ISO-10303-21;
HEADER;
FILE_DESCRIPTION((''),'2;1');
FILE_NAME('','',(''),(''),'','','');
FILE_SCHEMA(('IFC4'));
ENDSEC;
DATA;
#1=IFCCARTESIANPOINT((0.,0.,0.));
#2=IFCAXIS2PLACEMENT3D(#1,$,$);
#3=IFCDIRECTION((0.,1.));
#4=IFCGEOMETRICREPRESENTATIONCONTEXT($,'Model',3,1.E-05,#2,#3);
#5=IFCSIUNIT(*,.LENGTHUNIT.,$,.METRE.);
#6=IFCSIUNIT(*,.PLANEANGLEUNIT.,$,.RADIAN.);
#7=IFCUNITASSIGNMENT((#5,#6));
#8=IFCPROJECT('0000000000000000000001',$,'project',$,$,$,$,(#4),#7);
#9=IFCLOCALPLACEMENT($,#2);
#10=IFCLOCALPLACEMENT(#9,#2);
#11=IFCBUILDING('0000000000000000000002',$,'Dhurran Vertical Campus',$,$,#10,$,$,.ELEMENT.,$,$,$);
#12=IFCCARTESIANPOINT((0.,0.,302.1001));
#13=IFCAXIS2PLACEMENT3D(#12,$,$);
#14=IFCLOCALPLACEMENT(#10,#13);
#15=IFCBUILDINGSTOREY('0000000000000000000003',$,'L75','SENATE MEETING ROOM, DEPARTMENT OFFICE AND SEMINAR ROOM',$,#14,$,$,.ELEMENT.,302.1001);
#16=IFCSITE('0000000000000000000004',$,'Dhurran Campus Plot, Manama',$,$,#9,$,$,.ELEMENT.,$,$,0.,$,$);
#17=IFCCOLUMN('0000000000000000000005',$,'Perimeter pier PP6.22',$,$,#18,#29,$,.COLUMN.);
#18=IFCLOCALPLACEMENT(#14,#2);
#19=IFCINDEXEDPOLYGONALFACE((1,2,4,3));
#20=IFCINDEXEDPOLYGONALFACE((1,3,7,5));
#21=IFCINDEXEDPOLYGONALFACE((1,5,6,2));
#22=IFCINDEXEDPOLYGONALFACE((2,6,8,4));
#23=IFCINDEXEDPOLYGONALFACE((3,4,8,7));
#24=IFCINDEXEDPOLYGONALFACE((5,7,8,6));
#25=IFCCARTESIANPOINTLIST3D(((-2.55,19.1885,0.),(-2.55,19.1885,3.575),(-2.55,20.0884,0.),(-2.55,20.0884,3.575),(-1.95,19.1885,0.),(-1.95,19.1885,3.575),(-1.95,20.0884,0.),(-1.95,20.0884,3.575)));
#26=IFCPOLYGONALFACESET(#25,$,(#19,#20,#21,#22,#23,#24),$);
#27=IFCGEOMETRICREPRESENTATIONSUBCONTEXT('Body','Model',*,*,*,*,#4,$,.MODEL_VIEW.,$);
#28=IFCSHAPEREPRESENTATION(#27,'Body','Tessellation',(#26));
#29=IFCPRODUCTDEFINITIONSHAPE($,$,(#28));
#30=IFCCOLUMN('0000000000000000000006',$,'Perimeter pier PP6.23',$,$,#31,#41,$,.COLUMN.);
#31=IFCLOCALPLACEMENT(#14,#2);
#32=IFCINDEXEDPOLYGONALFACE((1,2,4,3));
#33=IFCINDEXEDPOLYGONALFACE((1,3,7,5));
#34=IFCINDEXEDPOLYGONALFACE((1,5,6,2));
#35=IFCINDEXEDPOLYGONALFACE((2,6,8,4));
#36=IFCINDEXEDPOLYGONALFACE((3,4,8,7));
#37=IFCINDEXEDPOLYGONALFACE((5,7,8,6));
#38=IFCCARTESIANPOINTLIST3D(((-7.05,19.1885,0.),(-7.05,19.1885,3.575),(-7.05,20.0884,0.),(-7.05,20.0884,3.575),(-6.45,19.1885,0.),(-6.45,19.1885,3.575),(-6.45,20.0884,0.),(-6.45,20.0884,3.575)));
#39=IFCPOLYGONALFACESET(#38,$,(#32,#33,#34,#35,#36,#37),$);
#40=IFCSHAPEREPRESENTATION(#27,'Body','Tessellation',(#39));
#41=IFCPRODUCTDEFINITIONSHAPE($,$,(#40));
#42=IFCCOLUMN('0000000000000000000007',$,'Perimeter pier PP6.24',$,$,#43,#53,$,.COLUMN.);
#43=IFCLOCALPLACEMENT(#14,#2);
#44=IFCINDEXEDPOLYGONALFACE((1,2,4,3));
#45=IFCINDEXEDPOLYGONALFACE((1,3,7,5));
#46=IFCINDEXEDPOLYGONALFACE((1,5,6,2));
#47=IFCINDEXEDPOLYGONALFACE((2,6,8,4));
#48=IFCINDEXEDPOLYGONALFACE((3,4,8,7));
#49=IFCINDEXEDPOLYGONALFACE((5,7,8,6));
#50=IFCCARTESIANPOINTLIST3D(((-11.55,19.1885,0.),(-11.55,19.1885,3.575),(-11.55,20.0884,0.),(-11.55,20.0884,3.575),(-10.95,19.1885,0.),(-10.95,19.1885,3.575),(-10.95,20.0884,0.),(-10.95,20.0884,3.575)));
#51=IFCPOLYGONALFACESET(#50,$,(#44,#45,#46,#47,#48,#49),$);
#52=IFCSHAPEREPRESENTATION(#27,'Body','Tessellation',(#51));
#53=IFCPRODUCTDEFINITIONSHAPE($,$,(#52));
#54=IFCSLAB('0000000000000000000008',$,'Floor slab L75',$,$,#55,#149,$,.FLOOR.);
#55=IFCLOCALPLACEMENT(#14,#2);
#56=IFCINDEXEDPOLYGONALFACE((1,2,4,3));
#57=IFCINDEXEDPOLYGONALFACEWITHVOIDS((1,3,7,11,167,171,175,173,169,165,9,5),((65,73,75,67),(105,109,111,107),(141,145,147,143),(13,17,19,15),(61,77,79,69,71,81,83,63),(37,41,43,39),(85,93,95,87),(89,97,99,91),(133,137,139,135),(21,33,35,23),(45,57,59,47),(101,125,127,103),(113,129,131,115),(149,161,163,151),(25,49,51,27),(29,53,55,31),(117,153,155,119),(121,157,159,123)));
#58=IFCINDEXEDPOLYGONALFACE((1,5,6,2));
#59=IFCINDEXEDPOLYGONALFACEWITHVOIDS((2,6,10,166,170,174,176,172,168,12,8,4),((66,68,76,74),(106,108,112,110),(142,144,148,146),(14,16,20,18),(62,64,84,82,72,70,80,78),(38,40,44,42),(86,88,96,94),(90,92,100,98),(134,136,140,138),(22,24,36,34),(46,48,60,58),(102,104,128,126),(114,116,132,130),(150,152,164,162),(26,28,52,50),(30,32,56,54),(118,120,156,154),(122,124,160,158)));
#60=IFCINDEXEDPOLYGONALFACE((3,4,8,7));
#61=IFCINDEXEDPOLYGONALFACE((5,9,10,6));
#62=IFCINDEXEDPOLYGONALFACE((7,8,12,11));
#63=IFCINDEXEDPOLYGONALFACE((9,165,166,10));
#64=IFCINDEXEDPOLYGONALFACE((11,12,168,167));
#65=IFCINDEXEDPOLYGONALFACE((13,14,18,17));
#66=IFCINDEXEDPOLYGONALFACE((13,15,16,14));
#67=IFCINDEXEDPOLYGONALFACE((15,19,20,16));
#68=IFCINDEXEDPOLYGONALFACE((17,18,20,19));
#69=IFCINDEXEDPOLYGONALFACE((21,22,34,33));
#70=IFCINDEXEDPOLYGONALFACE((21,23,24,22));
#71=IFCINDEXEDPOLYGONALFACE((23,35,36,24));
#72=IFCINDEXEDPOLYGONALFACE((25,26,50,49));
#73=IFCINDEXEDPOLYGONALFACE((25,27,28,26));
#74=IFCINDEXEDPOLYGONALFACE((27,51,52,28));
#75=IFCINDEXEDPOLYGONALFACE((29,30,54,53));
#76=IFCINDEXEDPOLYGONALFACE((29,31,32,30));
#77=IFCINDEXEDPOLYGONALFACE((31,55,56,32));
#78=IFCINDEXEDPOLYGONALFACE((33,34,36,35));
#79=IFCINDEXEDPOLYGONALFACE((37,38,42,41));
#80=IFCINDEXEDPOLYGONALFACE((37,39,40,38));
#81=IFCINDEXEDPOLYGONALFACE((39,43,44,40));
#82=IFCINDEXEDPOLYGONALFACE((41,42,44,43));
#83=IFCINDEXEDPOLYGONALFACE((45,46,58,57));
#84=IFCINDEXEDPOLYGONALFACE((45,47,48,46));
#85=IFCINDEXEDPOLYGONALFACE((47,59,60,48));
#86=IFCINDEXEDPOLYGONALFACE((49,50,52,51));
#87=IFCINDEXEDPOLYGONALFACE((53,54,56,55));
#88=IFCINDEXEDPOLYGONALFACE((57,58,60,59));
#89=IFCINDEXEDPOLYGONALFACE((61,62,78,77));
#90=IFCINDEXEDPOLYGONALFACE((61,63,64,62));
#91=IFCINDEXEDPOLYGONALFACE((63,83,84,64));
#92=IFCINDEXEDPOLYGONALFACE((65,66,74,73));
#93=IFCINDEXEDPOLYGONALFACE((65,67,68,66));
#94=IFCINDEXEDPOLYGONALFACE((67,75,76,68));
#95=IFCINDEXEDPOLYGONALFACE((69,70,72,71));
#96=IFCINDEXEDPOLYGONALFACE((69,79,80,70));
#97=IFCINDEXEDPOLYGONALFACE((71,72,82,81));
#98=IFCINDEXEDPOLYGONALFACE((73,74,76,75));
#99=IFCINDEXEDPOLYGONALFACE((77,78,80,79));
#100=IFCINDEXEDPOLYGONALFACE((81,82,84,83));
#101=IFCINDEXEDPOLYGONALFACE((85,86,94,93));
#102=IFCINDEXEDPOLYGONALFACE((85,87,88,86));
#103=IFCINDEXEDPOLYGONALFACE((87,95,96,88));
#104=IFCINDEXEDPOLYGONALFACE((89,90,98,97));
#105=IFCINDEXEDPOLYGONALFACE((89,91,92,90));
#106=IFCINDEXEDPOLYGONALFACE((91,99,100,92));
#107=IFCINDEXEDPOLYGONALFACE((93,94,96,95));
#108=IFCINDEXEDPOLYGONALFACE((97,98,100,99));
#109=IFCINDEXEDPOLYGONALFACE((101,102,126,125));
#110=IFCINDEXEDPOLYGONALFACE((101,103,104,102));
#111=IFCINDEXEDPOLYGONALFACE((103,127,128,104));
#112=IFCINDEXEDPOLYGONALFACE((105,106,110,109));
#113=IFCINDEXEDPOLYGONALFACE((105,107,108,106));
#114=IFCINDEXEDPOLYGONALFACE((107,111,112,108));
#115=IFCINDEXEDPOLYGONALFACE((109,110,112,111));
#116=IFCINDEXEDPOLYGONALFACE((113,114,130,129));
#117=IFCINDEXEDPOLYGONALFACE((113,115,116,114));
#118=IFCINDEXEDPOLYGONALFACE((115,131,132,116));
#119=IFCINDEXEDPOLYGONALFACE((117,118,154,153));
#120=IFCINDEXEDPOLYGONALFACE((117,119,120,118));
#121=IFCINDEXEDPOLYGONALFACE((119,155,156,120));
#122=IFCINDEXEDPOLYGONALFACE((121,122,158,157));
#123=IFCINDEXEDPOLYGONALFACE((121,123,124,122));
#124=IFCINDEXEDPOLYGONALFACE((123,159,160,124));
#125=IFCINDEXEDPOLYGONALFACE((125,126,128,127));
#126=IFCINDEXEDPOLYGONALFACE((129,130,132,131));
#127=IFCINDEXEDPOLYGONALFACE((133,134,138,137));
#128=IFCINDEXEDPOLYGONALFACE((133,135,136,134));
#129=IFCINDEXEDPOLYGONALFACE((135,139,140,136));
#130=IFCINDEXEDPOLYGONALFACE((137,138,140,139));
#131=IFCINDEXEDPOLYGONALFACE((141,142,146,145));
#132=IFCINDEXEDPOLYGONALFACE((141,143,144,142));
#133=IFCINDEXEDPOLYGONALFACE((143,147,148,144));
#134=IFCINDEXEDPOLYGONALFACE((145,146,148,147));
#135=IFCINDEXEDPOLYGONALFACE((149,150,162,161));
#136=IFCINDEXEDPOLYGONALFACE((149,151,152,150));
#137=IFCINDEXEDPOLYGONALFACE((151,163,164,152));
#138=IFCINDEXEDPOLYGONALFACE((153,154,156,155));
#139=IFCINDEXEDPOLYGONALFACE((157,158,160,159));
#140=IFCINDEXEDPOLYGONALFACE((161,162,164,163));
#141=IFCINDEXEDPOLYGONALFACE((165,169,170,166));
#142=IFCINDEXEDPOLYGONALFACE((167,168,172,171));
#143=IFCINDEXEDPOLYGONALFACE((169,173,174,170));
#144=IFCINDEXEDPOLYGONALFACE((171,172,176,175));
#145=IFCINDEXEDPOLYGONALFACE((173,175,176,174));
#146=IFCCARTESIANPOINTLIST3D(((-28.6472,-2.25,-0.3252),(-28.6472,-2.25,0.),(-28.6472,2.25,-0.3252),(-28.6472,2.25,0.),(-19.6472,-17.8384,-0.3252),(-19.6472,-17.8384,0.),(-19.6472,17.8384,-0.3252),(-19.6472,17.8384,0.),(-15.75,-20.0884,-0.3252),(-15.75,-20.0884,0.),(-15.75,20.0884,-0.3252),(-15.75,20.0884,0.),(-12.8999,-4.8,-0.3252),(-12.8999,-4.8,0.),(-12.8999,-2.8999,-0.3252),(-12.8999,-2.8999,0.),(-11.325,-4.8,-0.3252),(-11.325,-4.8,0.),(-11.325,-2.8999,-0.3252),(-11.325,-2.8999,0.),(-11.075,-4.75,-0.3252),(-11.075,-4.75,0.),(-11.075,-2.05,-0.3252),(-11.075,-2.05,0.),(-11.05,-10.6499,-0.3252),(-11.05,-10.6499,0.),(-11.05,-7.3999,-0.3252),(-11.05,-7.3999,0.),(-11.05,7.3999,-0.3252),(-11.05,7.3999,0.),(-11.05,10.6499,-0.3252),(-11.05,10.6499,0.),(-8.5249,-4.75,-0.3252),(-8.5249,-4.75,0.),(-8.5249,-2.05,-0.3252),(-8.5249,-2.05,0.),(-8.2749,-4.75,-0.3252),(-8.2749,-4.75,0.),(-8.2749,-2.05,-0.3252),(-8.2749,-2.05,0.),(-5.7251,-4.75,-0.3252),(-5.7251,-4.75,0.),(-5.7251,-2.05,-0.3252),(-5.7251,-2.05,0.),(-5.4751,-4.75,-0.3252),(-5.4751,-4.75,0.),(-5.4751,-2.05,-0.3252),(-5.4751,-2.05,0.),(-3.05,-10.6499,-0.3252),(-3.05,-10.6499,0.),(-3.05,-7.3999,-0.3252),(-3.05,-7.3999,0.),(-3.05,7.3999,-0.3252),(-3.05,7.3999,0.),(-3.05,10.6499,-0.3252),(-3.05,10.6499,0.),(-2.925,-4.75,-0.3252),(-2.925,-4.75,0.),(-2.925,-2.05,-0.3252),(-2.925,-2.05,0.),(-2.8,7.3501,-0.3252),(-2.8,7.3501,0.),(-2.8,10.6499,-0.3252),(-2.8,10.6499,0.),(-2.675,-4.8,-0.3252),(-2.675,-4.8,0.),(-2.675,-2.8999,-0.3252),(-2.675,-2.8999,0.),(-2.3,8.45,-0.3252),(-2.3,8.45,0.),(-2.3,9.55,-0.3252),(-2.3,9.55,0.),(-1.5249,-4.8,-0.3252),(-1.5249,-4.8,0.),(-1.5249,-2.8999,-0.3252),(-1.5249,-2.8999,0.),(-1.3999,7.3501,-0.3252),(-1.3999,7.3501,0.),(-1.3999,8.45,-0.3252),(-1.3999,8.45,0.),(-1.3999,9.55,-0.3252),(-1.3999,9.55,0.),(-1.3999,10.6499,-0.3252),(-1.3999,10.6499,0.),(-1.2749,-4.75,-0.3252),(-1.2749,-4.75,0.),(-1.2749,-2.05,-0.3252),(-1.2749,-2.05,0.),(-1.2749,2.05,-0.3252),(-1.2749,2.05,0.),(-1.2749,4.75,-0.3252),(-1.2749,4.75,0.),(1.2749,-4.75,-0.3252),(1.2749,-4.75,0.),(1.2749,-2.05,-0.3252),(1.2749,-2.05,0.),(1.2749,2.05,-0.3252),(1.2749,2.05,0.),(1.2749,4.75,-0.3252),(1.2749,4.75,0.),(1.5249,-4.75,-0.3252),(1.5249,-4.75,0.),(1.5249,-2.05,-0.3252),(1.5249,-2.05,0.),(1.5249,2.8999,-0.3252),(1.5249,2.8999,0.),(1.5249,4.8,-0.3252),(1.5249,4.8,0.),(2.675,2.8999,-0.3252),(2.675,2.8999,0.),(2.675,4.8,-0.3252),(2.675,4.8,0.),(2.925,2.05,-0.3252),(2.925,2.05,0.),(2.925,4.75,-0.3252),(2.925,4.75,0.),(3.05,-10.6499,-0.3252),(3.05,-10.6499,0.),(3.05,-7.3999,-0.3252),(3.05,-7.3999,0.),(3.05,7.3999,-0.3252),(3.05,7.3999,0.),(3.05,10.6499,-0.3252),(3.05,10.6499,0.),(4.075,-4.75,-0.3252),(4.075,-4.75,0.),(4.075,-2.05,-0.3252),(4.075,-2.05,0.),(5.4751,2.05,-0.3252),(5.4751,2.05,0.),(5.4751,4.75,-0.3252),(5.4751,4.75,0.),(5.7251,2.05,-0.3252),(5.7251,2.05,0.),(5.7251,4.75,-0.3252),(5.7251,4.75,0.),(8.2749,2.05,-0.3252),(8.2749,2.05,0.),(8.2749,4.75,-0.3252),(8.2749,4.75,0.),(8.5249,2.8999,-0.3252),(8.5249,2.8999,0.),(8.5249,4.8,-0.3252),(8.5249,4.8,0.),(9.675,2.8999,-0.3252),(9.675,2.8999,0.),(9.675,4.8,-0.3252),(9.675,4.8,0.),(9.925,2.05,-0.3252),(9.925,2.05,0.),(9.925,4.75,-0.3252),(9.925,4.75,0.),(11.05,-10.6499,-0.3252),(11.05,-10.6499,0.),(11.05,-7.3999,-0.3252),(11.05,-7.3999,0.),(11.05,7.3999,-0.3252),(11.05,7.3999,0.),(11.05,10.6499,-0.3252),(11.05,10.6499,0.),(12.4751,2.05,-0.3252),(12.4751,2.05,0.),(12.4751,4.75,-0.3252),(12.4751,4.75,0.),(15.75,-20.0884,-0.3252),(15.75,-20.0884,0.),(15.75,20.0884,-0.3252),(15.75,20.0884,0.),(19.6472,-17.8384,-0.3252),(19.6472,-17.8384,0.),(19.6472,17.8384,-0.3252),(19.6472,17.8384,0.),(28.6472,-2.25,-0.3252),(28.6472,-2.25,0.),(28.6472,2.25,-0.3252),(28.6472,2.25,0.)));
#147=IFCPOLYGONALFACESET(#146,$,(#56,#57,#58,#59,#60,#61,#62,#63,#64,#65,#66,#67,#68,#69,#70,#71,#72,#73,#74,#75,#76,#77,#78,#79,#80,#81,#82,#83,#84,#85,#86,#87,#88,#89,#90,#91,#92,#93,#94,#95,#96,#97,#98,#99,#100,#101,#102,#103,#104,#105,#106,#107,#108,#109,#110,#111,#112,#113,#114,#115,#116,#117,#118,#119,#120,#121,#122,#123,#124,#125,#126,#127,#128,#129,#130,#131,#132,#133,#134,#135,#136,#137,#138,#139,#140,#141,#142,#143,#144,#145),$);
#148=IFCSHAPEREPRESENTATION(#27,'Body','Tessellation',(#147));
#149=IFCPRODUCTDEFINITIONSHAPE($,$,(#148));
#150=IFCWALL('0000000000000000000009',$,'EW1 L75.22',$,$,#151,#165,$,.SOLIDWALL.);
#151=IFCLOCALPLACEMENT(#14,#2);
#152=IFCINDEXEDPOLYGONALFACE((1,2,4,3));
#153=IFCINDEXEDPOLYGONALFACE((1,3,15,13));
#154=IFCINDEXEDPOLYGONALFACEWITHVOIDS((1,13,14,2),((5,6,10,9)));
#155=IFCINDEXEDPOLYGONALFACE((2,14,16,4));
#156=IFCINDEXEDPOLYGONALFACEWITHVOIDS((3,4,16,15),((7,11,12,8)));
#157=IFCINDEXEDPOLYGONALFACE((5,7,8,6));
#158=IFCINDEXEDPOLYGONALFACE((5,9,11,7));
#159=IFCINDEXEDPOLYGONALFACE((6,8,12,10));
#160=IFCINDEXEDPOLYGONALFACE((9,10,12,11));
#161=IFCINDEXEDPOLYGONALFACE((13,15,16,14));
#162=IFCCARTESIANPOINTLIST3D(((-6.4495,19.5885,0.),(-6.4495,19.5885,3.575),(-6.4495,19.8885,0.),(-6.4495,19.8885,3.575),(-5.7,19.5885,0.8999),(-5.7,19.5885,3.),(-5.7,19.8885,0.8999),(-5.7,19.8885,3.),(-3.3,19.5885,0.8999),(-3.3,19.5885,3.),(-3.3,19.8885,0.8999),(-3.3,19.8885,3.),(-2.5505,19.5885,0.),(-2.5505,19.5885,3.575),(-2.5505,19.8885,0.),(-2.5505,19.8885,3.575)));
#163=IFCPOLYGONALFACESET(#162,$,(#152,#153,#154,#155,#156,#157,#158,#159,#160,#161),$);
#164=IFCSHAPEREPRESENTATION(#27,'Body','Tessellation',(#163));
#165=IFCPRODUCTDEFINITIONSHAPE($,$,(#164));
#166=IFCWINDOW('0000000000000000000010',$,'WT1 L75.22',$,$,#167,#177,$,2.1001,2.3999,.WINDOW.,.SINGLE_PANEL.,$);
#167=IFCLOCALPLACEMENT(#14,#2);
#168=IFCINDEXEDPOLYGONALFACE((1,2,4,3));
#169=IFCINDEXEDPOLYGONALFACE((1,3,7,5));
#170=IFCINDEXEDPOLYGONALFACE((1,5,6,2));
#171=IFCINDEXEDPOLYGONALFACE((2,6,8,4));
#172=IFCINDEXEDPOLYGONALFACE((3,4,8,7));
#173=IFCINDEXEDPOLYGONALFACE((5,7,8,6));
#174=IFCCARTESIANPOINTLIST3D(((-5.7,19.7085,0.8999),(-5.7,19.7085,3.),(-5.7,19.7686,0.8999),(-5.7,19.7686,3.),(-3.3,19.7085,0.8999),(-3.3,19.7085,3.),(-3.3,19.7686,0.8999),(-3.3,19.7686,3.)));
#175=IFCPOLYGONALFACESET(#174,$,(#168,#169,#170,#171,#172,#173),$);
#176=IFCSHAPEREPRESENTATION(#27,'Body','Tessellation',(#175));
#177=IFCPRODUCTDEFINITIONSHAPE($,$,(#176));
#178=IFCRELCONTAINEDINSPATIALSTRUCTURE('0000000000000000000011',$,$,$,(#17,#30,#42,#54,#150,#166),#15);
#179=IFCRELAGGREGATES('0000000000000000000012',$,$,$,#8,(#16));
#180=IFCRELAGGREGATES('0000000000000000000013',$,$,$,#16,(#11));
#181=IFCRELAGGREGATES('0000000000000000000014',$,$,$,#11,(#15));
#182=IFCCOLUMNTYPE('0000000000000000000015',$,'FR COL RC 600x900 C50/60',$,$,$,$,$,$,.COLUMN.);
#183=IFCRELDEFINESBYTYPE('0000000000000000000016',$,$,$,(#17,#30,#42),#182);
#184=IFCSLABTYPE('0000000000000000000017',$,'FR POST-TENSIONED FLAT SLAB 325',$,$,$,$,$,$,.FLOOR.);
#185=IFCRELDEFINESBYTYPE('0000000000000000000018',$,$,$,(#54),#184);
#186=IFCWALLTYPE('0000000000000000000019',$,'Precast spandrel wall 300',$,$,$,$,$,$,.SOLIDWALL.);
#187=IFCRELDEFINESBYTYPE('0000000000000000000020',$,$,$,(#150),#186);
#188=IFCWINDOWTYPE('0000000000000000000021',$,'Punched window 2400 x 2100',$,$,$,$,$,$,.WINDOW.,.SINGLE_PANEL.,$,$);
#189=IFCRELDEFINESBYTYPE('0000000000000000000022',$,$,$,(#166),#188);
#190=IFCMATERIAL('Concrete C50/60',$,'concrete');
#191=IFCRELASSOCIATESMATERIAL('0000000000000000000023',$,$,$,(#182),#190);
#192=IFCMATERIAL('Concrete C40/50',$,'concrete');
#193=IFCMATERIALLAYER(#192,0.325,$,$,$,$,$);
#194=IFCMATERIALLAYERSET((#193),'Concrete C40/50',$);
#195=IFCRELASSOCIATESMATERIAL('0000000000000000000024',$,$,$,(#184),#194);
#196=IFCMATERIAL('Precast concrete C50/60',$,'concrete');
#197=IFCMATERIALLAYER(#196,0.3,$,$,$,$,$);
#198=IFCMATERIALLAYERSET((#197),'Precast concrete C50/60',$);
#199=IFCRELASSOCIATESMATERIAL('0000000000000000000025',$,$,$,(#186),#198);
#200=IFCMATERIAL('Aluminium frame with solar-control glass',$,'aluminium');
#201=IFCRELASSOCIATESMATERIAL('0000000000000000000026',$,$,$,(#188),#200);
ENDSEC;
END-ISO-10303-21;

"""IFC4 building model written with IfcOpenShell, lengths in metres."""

from ifc_helpers import new_model, si_unit, direction, frame, frame_2d, origin, origin_2d, place, context, subcontext, project, spatial, polyline, rectangle, outline, extrude, material, layer, layer_set, material_profile, profile_set, type_object, element, fill, save


model = new_model("IFC4")

# Units and contexts
model_context = context("Model", 3, precision=1e-05, world=origin(), true_north=direction((0.0, 1.0)))
body_context = subcontext(model_context, "Body", "Model", "MODEL_VIEW")
ifc_project = project(units=[si_unit("LENGTHUNIT", "METRE"), si_unit("PLANEANGLEUNIT", "RADIAN")], contexts=[model_context])

# Site, building, storey
site_placement = place(None, origin())
site = spatial("IfcSite", under=ifc_project, at=site_placement, Name="Dhurran Campus Plot, Manama", CompositionType="ELEMENT", RefElevation=0.0)
building_placement = place(site_placement, origin())
building = spatial("IfcBuilding", under=site, at=building_placement, Name="Dhurran Vertical Campus", CompositionType="ELEMENT")
storey_placement = place(building_placement, frame((0.0, 0.0, 302.1001)))
storey = spatial("IfcBuildingStorey", under=building, at=storey_placement, Name="L75", Description="SENATE MEETING ROOM, DEPARTMENT OFFICE AND SEMINAR ROOM", CompositionType="ELEMENT", Elevation=302.1001)

# Columns
ifc_material_1 = material(Name="Concrete C50/60", Category="concrete")
ifc_material_profile = material_profile(ifc_material_1, rectangle(XDim=0.6001, YDim=0.8999, at=origin_2d()), Name="RC 600x900")
ifc_profile_set = profile_set([ifc_material_profile], Name="Concrete C50/60")
column_type = type_object("IfcColumnType", Name="FR COL RC 600x900 C50/60", PredefinedType="COLUMN", material=ifc_profile_set)
for number, where, z_axis, x_axis, name in (
    (1, (-2.25, 19.6384, 0.0), (0.0, 0.0, 1.0), (-1.0, 0.0, 0.0), "Perimeter pier PP6.22"),
    (2, (-6.75, 19.6384, 0.0), (0.0, 0.0, 1.0), (-1.0, 0.0, 0.0), "Perimeter pier PP6.23"),
    (3, (-11.25, 19.6384, 0.0), (0.0, 0.0, 1.0), (-1.0, 0.0, 0.0), "Perimeter pier PP6.24"),
):
    element("IfcColumn", number, at=place(storey_placement, frame(where, z_axis=z_axis, x_axis=x_axis)), inside=storey, type_object=column_type, Name=name, PredefinedType="COLUMN", context=body_context, shape_type="SweptSolid", body=[
        extrude(rectangle(XDim=0.6001, YDim=0.8999, at=origin_2d()), origin(), (0.0, 0.0, 1.0), 3.575),
    ])

# Slab
ifc_material_2 = material(Name="Concrete C40/50", Category="concrete")
ifc_layer_1 = layer(ifc_material_2, 0.325)
ifc_layer_set_1 = layer_set([ifc_layer_1], Name="Concrete C40/50")
slab_type = type_object("IfcSlabType", Name="FR POST-TENSIONED FLAT SLAB 325", PredefinedType="FLOOR", material=ifc_layer_set_1)
slab_placement = place(storey_placement, frame((0.0, 0.0, -0.3252)))
element("IfcSlab", 4, at=slab_placement, inside=storey, type_object=slab_type, Name="Floor slab L75", PredefinedType="FLOOR", context=body_context, shape_type="SweptSolid", body=[
    extrude(outline(polyline([(-15.75, -20.0884), (15.75, -20.0884), (19.6472, -17.8384), (28.6472, -2.25), (28.6472, 2.25), (19.6472, 17.8384), (15.75, 20.0884), (-15.75, 20.0884), (-19.6472, 17.8384), (-28.6472, 2.25), (-28.6472, -2.25), (-19.6472, -17.8384), (-15.75, -20.0884)]), holes=[polyline([(-1.2749, 2.05), (1.2749, 2.05), (1.2749, 4.75), (-1.2749, 4.75), (-1.2749, 2.05)]), polyline([(9.925, 2.05), (12.4751, 2.05), (12.4751, 4.75), (9.925, 4.75), (9.925, 2.05)]), polyline([(-1.2749, -4.75), (1.2749, -4.75), (1.2749, -2.05), (-1.2749, -2.05), (-1.2749, -4.75)]), polyline([(1.5249, -4.75), (4.075, -4.75), (4.075, -2.05), (1.5249, -2.05), (1.5249, -4.75)]), polyline([(2.925, 2.05), (5.4751, 2.05), (5.4751, 4.75), (2.925, 4.75), (2.925, 2.05)]), polyline([(5.7251, 2.05), (8.2749, 2.05), (8.2749, 4.75), (5.7251, 4.75), (5.7251, 2.05)]), polyline([(-11.075, -4.75), (-8.5249, -4.75), (-8.5249, -2.05), (-11.075, -2.05), (-11.075, -4.75)]), polyline([(-8.2749, -4.75), (-5.7251, -4.75), (-5.7251, -2.05), (-8.2749, -2.05), (-8.2749, -4.75)]), polyline([(-5.4751, -4.75), (-2.925, -4.75), (-2.925, -2.05), (-5.4751, -2.05), (-5.4751, -4.75)]), polyline([(-11.05, 7.3999), (-3.05, 7.3999), (-3.05, 10.6499), (-11.05, 10.6499), (-11.05, 7.3999)]), polyline([(3.05, 7.3999), (11.05, 7.3999), (11.05, 10.6499), (3.05, 10.6499), (3.05, 7.3999)]), polyline([(-11.05, -10.6499), (-3.05, -10.6499), (-3.05, -7.3999), (-11.05, -7.3999), (-11.05, -10.6499)]), polyline([(3.05, -10.6499), (11.05, -10.6499), (11.05, -7.3999), (3.05, -7.3999), (3.05, -10.6499)]), polyline([(-2.8, 10.6499), (-1.3999, 10.6499), (-1.3999, 9.55), (-2.3, 9.55), (-2.3, 8.45), (-1.3999, 8.45), (-1.3999, 7.3501), (-2.8, 7.3501), (-2.8, 10.6499)]), polyline([(2.675, 2.8999), (1.5249, 2.8999), (1.5249, 4.8), (2.675, 4.8), (2.675, 2.8999)]), polyline([(-12.8999, -2.8999), (-11.325, -2.8999), (-11.325, -4.8), (-12.8999, -4.8), (-12.8999, -2.8999)]), polyline([(-2.675, -2.8999), (-1.5249, -2.8999), (-1.5249, -4.8), (-2.675, -4.8), (-2.675, -2.8999)]), polyline([(9.675, 2.8999), (8.5249, 2.8999), (8.5249, 4.8), (9.675, 4.8), (9.675, 2.8999)])]), origin(), (0.0, 0.0, 1.0), 0.3252),
])

# Wall, opening, window
ifc_material_3 = material(Name="Precast concrete C50/60", Category="concrete")
ifc_layer_2 = layer(ifc_material_3, 0.3)
ifc_layer_set_2 = layer_set([ifc_layer_2], Name="Precast concrete C50/60")
wall_type_1 = type_object("IfcWallType", Name="Precast spandrel wall 300", PredefinedType="SOLIDWALL", material=ifc_layer_set_2)
wall_1_placement = place(storey_placement, frame((-2.5505, 19.7385, 0.0), z_axis=(0.0, 0.0, 1.0), x_axis=(-1.0, 0.0, 0.0)))
wall_1 = element("IfcWall", 5, at=wall_1_placement, inside=storey, type_object=wall_type_1, Name="EW1 L75.22", PredefinedType="SOLIDWALL", context=body_context, shape_type="SweptSolid", body=[
    extrude(rectangle(XDim=3.8989, YDim=0.3, at=frame_2d((1.9495, 0.0))), origin(), (0.0, 0.0, 1.0), 3.575),
])
opening_1_placement = place(wall_1_placement, frame((0.7495, 0.0, 0.8999)))
opening_1 = element("IfcOpeningElement", 6, at=opening_1_placement, cuts=wall_1, PredefinedType="OPENING", context=body_context, shape_type="SweptSolid", body=[
    extrude(rectangle(XDim=2.3999, YDim=2.1001, at=frame_2d((1.2, 1.05))), frame((0.0, 0.1599, 0.0), z_axis=(0.0, -1.0, 0.0), x_axis=(1.0, 0.0, 0.0)), (0.0, 0.0, 1.0), 0.3201),
])
ifc_material_4 = material(Name="Aluminium frame with solar-control glass", Category="aluminium")
window_type = type_object("IfcWindowType", Name="Punched window 2400 x 2100", PartitioningType="SINGLE_PANEL", PredefinedType="WINDOW", material=ifc_material_4)
window_1_placement = place(opening_1_placement, origin())
window_1 = element("IfcWindow", 7, at=window_1_placement, inside=storey, type_object=window_type, Name="WT1 L75.22", OverallHeight=2.1001, OverallWidth=2.3999, PartitioningType="SINGLE_PANEL", PredefinedType="WINDOW", context=body_context, shape_type="SweptSolid", body=[
    extrude(rectangle(XDim=2.3999, YDim=2.1001, at=frame_2d((1.2, 1.05))), frame((0.0, 0.03, 0.0), z_axis=(0.0, -1.0, 0.0), x_axis=(1.0, 0.0, 0.0)), (0.0, 0.0, 1.0), 0.0601),
])
fill(opening_1, window_1)

save(model, "model.ifc")
